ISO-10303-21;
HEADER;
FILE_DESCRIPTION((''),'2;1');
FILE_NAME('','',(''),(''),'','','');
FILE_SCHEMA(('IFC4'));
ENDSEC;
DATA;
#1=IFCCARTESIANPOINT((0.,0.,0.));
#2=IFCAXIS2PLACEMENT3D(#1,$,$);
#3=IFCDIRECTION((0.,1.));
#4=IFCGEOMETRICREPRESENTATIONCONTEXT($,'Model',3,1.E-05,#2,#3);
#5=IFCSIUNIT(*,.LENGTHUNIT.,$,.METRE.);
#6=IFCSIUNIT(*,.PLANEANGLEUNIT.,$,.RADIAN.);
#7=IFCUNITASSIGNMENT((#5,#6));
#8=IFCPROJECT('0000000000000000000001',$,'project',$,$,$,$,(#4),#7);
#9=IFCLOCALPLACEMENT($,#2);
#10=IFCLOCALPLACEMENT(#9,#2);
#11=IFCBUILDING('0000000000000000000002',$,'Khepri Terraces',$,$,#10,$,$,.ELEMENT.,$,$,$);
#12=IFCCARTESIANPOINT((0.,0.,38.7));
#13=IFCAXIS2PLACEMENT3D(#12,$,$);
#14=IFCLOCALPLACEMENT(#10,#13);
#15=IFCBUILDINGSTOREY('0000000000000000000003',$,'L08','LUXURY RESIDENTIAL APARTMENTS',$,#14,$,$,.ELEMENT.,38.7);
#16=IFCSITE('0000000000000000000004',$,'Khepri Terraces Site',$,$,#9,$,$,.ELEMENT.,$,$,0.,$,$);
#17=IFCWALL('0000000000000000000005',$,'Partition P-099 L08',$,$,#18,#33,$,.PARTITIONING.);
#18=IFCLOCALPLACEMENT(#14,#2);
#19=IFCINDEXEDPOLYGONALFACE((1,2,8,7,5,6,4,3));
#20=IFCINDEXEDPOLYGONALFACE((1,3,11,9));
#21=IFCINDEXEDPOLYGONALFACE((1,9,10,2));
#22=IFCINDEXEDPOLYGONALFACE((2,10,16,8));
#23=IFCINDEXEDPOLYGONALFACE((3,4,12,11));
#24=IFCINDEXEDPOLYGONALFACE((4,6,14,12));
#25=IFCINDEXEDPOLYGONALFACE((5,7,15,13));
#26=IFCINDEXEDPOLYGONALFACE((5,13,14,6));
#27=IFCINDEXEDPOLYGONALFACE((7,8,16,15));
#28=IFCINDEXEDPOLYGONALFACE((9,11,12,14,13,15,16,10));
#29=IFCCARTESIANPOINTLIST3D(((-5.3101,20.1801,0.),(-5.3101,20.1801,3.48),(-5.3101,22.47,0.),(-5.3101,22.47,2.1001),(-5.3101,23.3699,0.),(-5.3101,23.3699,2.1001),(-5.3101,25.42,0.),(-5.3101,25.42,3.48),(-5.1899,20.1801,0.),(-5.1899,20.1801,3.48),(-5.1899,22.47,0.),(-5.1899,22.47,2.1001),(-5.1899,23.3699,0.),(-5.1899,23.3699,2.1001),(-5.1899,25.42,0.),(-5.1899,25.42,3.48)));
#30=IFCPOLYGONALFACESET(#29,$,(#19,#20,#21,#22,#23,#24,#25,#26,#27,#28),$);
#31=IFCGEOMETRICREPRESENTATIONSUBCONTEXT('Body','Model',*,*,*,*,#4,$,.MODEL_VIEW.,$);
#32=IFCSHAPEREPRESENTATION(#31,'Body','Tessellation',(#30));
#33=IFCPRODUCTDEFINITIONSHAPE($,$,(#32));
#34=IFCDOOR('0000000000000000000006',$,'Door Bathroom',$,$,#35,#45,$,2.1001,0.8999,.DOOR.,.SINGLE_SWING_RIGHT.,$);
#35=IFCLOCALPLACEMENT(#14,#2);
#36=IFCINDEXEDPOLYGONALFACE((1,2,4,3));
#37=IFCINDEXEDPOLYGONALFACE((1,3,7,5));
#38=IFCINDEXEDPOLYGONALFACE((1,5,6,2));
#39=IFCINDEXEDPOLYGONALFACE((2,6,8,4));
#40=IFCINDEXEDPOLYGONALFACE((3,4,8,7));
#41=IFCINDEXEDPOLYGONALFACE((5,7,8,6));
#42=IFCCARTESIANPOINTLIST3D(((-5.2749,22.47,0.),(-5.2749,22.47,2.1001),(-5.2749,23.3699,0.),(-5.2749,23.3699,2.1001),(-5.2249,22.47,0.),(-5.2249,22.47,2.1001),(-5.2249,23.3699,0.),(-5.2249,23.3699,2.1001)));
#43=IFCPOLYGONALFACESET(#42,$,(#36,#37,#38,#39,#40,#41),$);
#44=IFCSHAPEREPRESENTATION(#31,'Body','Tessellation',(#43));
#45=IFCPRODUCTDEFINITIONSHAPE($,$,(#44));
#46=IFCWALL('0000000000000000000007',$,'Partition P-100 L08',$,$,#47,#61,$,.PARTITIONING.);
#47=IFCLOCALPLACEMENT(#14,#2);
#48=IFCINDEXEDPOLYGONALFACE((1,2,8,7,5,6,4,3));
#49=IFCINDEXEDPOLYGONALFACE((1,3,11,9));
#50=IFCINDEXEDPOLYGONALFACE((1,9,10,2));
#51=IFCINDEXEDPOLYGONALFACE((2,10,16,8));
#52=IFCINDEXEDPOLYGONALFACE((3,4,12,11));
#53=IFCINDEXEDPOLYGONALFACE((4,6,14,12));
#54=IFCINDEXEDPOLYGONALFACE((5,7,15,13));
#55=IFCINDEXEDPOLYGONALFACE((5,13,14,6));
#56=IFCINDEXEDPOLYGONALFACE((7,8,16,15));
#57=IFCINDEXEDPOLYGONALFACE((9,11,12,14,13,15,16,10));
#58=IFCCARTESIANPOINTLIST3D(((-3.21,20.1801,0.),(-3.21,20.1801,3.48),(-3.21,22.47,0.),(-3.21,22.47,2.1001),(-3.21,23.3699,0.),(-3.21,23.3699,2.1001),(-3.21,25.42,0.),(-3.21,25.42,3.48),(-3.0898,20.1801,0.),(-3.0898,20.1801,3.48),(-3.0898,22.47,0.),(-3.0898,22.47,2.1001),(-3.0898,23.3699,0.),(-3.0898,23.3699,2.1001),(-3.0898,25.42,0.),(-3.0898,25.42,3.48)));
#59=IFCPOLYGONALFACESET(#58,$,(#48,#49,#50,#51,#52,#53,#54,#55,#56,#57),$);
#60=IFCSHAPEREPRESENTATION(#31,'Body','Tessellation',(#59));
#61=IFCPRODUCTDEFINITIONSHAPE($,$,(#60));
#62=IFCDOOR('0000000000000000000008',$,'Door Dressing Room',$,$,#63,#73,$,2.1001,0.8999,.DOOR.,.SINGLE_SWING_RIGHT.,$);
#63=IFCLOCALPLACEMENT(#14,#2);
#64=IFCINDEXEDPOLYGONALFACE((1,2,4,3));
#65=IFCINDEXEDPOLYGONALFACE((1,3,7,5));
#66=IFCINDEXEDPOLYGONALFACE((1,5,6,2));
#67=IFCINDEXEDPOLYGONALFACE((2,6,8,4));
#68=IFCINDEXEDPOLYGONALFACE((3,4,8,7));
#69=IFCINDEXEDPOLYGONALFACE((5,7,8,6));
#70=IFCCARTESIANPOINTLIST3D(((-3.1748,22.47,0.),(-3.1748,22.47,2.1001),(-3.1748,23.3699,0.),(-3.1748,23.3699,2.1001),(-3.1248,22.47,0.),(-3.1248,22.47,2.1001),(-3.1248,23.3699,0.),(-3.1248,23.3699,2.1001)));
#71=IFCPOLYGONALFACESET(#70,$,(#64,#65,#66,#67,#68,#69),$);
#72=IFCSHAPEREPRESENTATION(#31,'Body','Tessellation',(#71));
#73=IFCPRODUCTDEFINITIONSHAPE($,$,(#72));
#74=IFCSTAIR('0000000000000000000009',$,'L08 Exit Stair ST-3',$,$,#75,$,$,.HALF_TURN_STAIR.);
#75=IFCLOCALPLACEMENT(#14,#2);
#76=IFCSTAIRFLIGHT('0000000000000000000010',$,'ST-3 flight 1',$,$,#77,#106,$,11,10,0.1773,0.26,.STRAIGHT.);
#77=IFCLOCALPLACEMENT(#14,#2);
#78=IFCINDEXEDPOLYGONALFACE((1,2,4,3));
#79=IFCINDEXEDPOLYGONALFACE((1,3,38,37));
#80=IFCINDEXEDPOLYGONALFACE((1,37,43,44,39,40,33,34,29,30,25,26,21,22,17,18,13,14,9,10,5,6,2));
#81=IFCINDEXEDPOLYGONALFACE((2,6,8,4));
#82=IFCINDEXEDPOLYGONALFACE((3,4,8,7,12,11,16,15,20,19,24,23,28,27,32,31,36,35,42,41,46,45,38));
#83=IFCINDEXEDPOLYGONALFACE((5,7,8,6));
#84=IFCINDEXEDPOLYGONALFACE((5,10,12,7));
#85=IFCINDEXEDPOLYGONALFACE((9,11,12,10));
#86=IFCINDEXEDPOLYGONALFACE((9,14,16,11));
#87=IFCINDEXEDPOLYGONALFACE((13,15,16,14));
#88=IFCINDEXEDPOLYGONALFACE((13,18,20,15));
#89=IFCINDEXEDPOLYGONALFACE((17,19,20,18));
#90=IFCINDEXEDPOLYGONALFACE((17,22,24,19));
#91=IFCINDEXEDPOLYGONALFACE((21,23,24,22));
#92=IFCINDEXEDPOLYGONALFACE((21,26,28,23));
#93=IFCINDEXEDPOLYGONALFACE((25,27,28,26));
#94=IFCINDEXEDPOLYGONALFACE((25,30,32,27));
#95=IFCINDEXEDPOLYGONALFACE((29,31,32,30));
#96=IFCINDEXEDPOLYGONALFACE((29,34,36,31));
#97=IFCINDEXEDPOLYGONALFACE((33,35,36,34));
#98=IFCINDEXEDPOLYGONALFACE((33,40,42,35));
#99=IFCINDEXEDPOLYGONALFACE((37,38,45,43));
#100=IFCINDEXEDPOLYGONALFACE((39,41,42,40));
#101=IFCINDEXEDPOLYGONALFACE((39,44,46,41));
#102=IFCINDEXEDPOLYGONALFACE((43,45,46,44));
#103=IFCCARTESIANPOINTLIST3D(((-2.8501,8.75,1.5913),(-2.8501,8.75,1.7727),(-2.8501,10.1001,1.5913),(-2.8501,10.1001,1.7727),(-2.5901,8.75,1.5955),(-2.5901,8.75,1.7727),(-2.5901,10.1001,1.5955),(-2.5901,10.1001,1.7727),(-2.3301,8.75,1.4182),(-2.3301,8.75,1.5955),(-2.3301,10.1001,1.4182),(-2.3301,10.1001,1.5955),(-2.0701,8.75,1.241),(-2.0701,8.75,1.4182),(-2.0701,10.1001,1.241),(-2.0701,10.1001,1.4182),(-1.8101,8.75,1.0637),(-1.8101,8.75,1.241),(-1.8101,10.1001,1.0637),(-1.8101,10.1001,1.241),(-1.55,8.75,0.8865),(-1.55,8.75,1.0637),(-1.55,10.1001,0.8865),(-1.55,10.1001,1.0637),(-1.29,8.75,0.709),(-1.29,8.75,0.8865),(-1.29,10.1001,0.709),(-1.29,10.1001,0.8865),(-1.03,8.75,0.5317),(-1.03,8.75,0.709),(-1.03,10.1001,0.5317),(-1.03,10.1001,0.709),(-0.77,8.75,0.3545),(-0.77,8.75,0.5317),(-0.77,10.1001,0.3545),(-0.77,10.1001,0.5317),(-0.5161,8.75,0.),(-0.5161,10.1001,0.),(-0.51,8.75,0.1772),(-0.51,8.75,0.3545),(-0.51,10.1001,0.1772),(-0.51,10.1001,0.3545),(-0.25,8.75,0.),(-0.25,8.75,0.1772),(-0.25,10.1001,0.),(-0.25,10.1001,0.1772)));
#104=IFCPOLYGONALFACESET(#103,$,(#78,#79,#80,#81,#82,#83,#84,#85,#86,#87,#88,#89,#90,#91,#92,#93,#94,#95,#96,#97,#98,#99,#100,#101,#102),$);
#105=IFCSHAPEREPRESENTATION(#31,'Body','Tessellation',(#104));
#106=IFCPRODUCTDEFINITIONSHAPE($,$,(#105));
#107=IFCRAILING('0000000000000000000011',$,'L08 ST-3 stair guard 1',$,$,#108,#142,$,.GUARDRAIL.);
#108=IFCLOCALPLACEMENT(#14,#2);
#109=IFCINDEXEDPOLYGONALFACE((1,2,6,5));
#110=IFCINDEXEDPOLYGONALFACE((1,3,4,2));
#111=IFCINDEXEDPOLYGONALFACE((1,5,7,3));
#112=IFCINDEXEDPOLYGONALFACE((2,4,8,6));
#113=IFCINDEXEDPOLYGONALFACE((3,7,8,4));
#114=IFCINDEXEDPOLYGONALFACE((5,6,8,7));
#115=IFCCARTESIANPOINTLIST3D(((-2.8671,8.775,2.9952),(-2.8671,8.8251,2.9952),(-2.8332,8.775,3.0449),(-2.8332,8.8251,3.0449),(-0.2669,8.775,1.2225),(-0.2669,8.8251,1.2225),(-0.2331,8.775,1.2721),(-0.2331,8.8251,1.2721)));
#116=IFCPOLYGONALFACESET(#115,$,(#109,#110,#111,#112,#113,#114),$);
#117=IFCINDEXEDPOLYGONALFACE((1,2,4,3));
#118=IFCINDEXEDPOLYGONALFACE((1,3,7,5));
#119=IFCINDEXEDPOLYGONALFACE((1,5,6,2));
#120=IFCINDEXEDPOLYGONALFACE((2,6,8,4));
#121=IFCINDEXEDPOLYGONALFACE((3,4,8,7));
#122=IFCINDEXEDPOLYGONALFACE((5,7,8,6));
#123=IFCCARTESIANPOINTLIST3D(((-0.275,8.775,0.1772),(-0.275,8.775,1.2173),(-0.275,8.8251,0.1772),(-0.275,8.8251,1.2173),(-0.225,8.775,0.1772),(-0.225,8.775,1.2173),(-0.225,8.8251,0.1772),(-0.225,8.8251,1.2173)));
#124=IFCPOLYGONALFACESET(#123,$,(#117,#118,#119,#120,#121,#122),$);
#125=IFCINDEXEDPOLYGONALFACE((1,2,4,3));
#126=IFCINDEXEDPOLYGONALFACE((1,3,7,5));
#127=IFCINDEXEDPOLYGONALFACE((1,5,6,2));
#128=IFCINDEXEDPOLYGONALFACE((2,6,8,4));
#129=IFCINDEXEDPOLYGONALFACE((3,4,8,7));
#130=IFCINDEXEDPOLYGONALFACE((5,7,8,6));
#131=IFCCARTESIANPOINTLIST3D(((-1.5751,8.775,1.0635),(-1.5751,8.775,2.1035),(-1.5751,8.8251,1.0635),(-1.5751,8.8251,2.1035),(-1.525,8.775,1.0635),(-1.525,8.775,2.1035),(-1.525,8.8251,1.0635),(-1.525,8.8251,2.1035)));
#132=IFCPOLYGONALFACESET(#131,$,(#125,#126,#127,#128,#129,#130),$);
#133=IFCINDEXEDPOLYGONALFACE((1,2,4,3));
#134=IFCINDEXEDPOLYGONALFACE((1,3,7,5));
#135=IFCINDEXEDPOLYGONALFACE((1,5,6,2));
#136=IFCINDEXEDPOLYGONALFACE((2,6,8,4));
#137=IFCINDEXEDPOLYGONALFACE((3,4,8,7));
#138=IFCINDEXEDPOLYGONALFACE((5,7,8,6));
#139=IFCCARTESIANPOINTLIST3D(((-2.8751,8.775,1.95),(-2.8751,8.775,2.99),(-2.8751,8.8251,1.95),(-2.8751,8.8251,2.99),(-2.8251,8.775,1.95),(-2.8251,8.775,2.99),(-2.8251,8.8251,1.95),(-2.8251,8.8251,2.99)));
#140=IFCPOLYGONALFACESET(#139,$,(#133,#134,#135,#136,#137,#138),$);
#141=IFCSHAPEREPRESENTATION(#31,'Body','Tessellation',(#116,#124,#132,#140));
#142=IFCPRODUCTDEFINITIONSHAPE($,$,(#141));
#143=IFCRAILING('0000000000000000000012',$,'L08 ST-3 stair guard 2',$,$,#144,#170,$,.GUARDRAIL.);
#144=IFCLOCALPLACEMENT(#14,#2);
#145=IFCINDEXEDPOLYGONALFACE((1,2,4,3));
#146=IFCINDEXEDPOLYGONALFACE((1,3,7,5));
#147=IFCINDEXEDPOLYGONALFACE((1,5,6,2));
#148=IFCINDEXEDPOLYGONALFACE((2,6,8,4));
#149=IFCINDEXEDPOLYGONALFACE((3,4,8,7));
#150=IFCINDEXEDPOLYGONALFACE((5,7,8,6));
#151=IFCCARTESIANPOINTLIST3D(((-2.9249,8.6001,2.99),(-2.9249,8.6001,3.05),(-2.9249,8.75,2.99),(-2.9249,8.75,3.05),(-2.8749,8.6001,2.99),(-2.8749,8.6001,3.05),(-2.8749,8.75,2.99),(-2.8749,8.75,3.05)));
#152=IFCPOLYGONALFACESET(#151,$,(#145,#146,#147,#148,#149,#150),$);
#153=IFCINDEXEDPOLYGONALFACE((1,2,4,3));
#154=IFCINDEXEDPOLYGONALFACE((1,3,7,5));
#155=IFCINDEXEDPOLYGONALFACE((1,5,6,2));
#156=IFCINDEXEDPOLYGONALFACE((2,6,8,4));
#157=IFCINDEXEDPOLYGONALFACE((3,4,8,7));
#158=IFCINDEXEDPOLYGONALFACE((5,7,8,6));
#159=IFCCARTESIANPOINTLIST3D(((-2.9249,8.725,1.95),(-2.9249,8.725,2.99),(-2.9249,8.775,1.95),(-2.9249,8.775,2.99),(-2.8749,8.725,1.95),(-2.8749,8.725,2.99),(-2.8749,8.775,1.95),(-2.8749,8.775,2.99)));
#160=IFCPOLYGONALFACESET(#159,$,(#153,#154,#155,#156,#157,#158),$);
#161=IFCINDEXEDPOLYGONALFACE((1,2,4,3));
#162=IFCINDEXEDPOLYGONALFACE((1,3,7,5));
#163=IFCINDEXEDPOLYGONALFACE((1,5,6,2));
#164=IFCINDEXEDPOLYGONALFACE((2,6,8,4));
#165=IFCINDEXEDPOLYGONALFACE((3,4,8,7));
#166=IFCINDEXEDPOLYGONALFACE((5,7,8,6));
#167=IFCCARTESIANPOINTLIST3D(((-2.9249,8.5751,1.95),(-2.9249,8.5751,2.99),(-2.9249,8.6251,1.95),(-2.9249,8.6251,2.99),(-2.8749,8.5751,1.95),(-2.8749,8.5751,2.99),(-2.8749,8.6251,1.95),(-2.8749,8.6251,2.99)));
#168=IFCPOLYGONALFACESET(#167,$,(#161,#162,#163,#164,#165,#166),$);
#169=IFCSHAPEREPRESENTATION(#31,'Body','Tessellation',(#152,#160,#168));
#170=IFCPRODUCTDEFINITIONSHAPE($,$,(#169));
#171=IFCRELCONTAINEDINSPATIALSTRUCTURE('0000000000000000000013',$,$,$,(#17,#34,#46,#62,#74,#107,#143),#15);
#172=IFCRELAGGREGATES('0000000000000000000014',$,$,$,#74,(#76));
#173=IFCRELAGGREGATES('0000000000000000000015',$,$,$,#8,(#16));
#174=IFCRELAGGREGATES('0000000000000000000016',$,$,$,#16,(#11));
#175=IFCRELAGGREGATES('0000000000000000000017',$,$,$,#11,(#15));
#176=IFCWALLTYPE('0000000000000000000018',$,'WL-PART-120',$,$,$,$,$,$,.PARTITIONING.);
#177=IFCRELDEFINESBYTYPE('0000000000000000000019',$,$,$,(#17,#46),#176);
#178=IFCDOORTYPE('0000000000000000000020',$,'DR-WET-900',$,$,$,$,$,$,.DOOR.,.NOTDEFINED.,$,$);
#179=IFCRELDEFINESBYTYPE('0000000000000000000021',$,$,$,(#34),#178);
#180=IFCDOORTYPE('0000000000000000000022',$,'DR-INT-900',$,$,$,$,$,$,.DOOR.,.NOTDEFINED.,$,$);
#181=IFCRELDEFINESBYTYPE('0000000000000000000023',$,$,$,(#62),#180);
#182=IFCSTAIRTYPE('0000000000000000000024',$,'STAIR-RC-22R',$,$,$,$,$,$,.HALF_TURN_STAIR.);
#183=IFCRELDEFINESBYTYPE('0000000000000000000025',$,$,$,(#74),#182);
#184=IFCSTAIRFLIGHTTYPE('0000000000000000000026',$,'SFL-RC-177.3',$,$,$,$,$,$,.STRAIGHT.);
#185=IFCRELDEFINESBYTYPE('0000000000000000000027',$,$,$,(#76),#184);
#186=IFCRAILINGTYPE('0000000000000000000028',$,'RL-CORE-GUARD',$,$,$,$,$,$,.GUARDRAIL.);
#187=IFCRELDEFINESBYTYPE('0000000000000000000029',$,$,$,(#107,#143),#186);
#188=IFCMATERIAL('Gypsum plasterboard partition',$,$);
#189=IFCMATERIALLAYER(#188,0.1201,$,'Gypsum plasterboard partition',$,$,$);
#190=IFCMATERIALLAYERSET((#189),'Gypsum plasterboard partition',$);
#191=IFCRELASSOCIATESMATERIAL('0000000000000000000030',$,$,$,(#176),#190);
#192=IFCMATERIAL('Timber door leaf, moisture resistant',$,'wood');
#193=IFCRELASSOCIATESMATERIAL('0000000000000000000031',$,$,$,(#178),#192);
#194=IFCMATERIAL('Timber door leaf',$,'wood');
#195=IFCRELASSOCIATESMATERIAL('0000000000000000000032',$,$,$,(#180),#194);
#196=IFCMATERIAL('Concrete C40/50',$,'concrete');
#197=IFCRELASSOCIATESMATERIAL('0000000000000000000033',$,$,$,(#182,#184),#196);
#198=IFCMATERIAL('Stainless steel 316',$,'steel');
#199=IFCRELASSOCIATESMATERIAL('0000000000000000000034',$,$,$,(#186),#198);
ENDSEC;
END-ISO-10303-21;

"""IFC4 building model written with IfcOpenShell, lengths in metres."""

from ifc_helpers import new_model, si_unit, direction, frame, frame_2d, origin, origin_2d, place, context, subcontext, project, spatial, polyline, rectangle, outline, extrude, material, layer, layer_set, type_object, element, fill, aggregate, save


model = new_model("IFC4")

# Units and contexts
model_context = context("Model", 3, precision=1e-05, world=origin(), true_north=direction((0.0, 1.0)))
body_context = subcontext(model_context, "Body", "Model", "MODEL_VIEW")
ifc_project = project(units=[si_unit("LENGTHUNIT", "METRE"), si_unit("PLANEANGLEUNIT", "RADIAN")], contexts=[model_context])

# Site, building, storey
site_placement = place(None, origin())
site = spatial("IfcSite", under=ifc_project, at=site_placement, Name="Khepri Terraces Site", CompositionType="ELEMENT", RefElevation=0.0)
building_placement = place(site_placement, origin())
building = spatial("IfcBuilding", under=site, at=building_placement, Name="Khepri Terraces", CompositionType="ELEMENT")
storey_placement = place(building_placement, frame((0.0, 0.0, 38.7)))
storey = spatial("IfcBuildingStorey", under=building, at=storey_placement, Name="L08", Description="LUXURY RESIDENTIAL APARTMENTS", CompositionType="ELEMENT", Elevation=38.7)

# Shared definitions
ifc_material_1 = material(Name="Gypsum plasterboard partition")
ifc_layer_1 = layer(ifc_material_1, 0.1201, Name="Gypsum plasterboard partition")
ifc_layer_set_1 = layer_set([ifc_layer_1], Name="Gypsum plasterboard partition")
wall_type_1 = type_object("IfcWallType", Name="WL-PART-120", PredefinedType="PARTITIONING", material=ifc_layer_set_1)

# Walls, openings, doors
wall_1_placement = place(storey_placement, frame((-5.25, 20.1799, 0.0), z_axis=(0.0, 0.0, 1.0), x_axis=(0.0, 1.0, 0.0)))
wall_1 = element("IfcWall", 1, at=wall_1_placement, inside=storey, type_object=wall_type_1, Name="Partition P-099 L08", PredefinedType="PARTITIONING", context=body_context, shape_type="SweptSolid", body=[
    extrude(rectangle(XDim=5.24, YDim=0.1201, at=frame_2d((2.6201, 0.0))), origin(), (0.0, 0.0, 1.0), 3.48),
])
opening_1_placement = place(wall_1_placement, frame((2.29, 0.0, 0.0)))
opening_1 = element("IfcOpeningElement", 2, at=opening_1_placement, cuts=wall_1, PredefinedType="OPENING", context=body_context, shape_type="SweptSolid", body=[
    extrude(rectangle(XDim=0.8999, YDim=2.1001, at=frame_2d((0.45, 1.05))), frame((0.0, 0.0701, 0.0), z_axis=(0.0, -1.0, 0.0), x_axis=(1.0, 0.0, 0.0)), (0.0, 0.0, 1.0), 0.1401),
])
ifc_material_2 = material(Name="Timber door leaf, moisture resistant", Category="wood")
door_type_1 = type_object("IfcDoorType", Name="DR-WET-900", OperationType="NOTDEFINED", PredefinedType="DOOR", material=ifc_material_2)
door_1_placement = place(opening_1_placement, origin())
door_1 = element("IfcDoor", 3, at=door_1_placement, inside=storey, type_object=door_type_1, Name="Door Bathroom", OperationType="SINGLE_SWING_RIGHT", OverallHeight=2.1001, OverallWidth=0.8999, PredefinedType="DOOR", context=body_context, shape_type="SweptSolid", body=[
    extrude(rectangle(XDim=0.8999, YDim=2.1001, at=frame_2d((0.45, 1.05))), frame((0.0, 0.0249, 0.0), z_axis=(0.0, -1.0, 0.0), x_axis=(1.0, 0.0, 0.0)), (0.0, 0.0, 1.0), 0.05),
])
fill(opening_1, door_1)
wall_2_placement = place(storey_placement, frame((-3.1499, 20.1799, 0.0), z_axis=(0.0, 0.0, 1.0), x_axis=(0.0, 1.0, 0.0)))
wall_2 = element("IfcWall", 4, at=wall_2_placement, inside=storey, type_object=wall_type_1, Name="Partition P-100 L08", PredefinedType="PARTITIONING", context=body_context, shape_type="SweptSolid", body=[
    extrude(rectangle(XDim=5.24, YDim=0.1201, at=frame_2d((2.6201, 0.0))), origin(), (0.0, 0.0, 1.0), 3.48),
])
opening_2_placement = place(wall_2_placement, frame((2.29, 0.0, 0.0)))
opening_2 = element("IfcOpeningElement", 5, at=opening_2_placement, cuts=wall_2, PredefinedType="OPENING", context=body_context, shape_type="SweptSolid", body=[
    extrude(rectangle(XDim=0.8999, YDim=2.1001, at=frame_2d((0.45, 1.05))), frame((0.0, 0.0701, 0.0), z_axis=(0.0, -1.0, 0.0), x_axis=(1.0, 0.0, 0.0)), (0.0, 0.0, 1.0), 0.1401),
])
ifc_material_3 = material(Name="Timber door leaf", Category="wood")
door_type_2 = type_object("IfcDoorType", Name="DR-INT-900", OperationType="NOTDEFINED", PredefinedType="DOOR", material=ifc_material_3)
door_2_placement = place(opening_2_placement, origin())
door_2 = element("IfcDoor", 6, at=door_2_placement, inside=storey, type_object=door_type_2, Name="Door Dressing Room", OperationType="SINGLE_SWING_RIGHT", OverallHeight=2.1001, OverallWidth=0.8999, PredefinedType="DOOR", context=body_context, shape_type="SweptSolid", body=[
    extrude(rectangle(XDim=0.8999, YDim=2.1001, at=frame_2d((0.45, 1.05))), frame((0.0, 0.0249, 0.0), z_axis=(0.0, -1.0, 0.0), x_axis=(1.0, 0.0, 0.0)), (0.0, 0.0, 1.0), 0.05),
])
fill(opening_2, door_2)

# Stair, stair flight
ifc_material_4 = material(Name="Concrete C40/50", Category="concrete")
stair_type = type_object("IfcStairType", Name="STAIR-RC-22R", PredefinedType="HALF_TURN_STAIR", material=ifc_material_4)
stair_placement = place(storey_placement, origin())
stair = element("IfcStair", 7, at=stair_placement, inside=storey, type_object=stair_type, Name="L08 Exit Stair ST-3", PredefinedType="HALF_TURN_STAIR")
stair_flight_type = type_object("IfcStairFlightType", Name="SFL-RC-177.3", PredefinedType="STRAIGHT", material=ifc_material_4)
stair_flight_placement = place(storey_placement, frame((-0.25, 9.425, 0.0), z_axis=(0.0, 0.0, 1.0), x_axis=(-1.0, 0.0, 0.0)))
stair_flight = element("IfcStairFlight", 8, at=stair_flight_placement, type_object=stair_flight_type, Name="ST-3 flight 1", NumberOfRisers=11, NumberOfTreads=10, PredefinedType="STRAIGHT", RiserHeight=0.1773, TreadLength=0.26, context=body_context, shape_type="SweptSolid", body=[
    extrude(outline(polyline([(0.0, 0.0), (0.0, 0.1772), (0.26, 0.1772), (0.26, 0.3545), (0.52, 0.3545), (0.52, 0.5317), (0.78, 0.5317), (0.78, 0.709), (1.04, 0.709), (1.04, 0.8865), (1.3, 0.8865), (1.3, 1.0637), (1.5601, 1.0637), (1.5601, 1.241), (1.8201, 1.241), (1.8201, 1.4182), (2.0801, 1.4182), (2.0801, 1.5955), (2.3401, 1.5955), (2.3401, 1.7727), (2.6001, 1.7727), (2.6001, 1.95), (2.6001, 1.5913), (0.2661, 0.0), (0.0, 0.0)])), frame((0.0, 0.675, 0.0), z_axis=(0.0, -1.0, 0.0), x_axis=(1.0, 0.0, 0.0)), (0.0, 0.0, 1.0), 1.3501),
])
aggregate(stair, [stair_flight])

# Railings
ifc_material_5 = material(Name="Stainless steel 316", Category="steel")
railing_type_1 = type_object("IfcRailingType", Name="RL-CORE-GUARD", PredefinedType="GUARDRAIL", material=ifc_material_5)
railing_1_placement = place(storey_placement, frame((-0.25, 8.8, 0.1772)))
element("IfcRailing", 9, at=railing_1_placement, inside=storey, type_object=railing_type_1, Name="L08 ST-3 stair guard 1", PredefinedType="GUARDRAIL", context=body_context, shape_type="SweptSolid", body=[
    extrude(rectangle(XDim=0.05, YDim=0.0601, at=origin_2d()), frame((0.0, 0.0, 1.0701), z_axis=(-0.82624, 0.0, 0.563318), x_axis=(0.0, -1.0, 0.0)), (0.0, 0.0, 1.0), 3.147),
    extrude(rectangle(XDim=0.05, YDim=0.05, at=origin_2d()), origin(), (0.0, 0.0, 1.0), 1.04),
    extrude(rectangle(XDim=0.05, YDim=0.05, at=origin_2d()), frame((-1.3, 0.0, 0.8862)), (0.0, 0.0, 1.0), 1.04),
    extrude(rectangle(XDim=0.05, YDim=0.05, at=origin_2d()), frame((-2.6001, 0.0, 1.7727)), (0.0, 0.0, 1.0), 1.04),
])
railing_2_placement = place(storey_placement, frame((-2.8999, 8.75, 1.95)))
element("IfcRailing", 10, at=railing_2_placement, inside=storey, type_object=railing_type_1, Name="L08 ST-3 stair guard 2", PredefinedType="GUARDRAIL", context=body_context, shape_type="SweptSolid", body=[
    extrude(rectangle(XDim=0.05, YDim=0.0601, at=origin_2d()), frame((0.0, 0.0, 1.0701), z_axis=(0.0, -1.0, 0.0), x_axis=(1.0, 0.0, 0.0)), (0.0, 0.0, 1.0), 0.1499),
    extrude(rectangle(XDim=0.05, YDim=0.05, at=origin_2d()), origin(), (0.0, 0.0, 1.0), 1.04),
    extrude(rectangle(XDim=0.05, YDim=0.05, at=origin_2d()), frame((0.0, -0.1499, 0.0)), (0.0, 0.0, 1.0), 1.04),
])

save(model, "model.ifc")
